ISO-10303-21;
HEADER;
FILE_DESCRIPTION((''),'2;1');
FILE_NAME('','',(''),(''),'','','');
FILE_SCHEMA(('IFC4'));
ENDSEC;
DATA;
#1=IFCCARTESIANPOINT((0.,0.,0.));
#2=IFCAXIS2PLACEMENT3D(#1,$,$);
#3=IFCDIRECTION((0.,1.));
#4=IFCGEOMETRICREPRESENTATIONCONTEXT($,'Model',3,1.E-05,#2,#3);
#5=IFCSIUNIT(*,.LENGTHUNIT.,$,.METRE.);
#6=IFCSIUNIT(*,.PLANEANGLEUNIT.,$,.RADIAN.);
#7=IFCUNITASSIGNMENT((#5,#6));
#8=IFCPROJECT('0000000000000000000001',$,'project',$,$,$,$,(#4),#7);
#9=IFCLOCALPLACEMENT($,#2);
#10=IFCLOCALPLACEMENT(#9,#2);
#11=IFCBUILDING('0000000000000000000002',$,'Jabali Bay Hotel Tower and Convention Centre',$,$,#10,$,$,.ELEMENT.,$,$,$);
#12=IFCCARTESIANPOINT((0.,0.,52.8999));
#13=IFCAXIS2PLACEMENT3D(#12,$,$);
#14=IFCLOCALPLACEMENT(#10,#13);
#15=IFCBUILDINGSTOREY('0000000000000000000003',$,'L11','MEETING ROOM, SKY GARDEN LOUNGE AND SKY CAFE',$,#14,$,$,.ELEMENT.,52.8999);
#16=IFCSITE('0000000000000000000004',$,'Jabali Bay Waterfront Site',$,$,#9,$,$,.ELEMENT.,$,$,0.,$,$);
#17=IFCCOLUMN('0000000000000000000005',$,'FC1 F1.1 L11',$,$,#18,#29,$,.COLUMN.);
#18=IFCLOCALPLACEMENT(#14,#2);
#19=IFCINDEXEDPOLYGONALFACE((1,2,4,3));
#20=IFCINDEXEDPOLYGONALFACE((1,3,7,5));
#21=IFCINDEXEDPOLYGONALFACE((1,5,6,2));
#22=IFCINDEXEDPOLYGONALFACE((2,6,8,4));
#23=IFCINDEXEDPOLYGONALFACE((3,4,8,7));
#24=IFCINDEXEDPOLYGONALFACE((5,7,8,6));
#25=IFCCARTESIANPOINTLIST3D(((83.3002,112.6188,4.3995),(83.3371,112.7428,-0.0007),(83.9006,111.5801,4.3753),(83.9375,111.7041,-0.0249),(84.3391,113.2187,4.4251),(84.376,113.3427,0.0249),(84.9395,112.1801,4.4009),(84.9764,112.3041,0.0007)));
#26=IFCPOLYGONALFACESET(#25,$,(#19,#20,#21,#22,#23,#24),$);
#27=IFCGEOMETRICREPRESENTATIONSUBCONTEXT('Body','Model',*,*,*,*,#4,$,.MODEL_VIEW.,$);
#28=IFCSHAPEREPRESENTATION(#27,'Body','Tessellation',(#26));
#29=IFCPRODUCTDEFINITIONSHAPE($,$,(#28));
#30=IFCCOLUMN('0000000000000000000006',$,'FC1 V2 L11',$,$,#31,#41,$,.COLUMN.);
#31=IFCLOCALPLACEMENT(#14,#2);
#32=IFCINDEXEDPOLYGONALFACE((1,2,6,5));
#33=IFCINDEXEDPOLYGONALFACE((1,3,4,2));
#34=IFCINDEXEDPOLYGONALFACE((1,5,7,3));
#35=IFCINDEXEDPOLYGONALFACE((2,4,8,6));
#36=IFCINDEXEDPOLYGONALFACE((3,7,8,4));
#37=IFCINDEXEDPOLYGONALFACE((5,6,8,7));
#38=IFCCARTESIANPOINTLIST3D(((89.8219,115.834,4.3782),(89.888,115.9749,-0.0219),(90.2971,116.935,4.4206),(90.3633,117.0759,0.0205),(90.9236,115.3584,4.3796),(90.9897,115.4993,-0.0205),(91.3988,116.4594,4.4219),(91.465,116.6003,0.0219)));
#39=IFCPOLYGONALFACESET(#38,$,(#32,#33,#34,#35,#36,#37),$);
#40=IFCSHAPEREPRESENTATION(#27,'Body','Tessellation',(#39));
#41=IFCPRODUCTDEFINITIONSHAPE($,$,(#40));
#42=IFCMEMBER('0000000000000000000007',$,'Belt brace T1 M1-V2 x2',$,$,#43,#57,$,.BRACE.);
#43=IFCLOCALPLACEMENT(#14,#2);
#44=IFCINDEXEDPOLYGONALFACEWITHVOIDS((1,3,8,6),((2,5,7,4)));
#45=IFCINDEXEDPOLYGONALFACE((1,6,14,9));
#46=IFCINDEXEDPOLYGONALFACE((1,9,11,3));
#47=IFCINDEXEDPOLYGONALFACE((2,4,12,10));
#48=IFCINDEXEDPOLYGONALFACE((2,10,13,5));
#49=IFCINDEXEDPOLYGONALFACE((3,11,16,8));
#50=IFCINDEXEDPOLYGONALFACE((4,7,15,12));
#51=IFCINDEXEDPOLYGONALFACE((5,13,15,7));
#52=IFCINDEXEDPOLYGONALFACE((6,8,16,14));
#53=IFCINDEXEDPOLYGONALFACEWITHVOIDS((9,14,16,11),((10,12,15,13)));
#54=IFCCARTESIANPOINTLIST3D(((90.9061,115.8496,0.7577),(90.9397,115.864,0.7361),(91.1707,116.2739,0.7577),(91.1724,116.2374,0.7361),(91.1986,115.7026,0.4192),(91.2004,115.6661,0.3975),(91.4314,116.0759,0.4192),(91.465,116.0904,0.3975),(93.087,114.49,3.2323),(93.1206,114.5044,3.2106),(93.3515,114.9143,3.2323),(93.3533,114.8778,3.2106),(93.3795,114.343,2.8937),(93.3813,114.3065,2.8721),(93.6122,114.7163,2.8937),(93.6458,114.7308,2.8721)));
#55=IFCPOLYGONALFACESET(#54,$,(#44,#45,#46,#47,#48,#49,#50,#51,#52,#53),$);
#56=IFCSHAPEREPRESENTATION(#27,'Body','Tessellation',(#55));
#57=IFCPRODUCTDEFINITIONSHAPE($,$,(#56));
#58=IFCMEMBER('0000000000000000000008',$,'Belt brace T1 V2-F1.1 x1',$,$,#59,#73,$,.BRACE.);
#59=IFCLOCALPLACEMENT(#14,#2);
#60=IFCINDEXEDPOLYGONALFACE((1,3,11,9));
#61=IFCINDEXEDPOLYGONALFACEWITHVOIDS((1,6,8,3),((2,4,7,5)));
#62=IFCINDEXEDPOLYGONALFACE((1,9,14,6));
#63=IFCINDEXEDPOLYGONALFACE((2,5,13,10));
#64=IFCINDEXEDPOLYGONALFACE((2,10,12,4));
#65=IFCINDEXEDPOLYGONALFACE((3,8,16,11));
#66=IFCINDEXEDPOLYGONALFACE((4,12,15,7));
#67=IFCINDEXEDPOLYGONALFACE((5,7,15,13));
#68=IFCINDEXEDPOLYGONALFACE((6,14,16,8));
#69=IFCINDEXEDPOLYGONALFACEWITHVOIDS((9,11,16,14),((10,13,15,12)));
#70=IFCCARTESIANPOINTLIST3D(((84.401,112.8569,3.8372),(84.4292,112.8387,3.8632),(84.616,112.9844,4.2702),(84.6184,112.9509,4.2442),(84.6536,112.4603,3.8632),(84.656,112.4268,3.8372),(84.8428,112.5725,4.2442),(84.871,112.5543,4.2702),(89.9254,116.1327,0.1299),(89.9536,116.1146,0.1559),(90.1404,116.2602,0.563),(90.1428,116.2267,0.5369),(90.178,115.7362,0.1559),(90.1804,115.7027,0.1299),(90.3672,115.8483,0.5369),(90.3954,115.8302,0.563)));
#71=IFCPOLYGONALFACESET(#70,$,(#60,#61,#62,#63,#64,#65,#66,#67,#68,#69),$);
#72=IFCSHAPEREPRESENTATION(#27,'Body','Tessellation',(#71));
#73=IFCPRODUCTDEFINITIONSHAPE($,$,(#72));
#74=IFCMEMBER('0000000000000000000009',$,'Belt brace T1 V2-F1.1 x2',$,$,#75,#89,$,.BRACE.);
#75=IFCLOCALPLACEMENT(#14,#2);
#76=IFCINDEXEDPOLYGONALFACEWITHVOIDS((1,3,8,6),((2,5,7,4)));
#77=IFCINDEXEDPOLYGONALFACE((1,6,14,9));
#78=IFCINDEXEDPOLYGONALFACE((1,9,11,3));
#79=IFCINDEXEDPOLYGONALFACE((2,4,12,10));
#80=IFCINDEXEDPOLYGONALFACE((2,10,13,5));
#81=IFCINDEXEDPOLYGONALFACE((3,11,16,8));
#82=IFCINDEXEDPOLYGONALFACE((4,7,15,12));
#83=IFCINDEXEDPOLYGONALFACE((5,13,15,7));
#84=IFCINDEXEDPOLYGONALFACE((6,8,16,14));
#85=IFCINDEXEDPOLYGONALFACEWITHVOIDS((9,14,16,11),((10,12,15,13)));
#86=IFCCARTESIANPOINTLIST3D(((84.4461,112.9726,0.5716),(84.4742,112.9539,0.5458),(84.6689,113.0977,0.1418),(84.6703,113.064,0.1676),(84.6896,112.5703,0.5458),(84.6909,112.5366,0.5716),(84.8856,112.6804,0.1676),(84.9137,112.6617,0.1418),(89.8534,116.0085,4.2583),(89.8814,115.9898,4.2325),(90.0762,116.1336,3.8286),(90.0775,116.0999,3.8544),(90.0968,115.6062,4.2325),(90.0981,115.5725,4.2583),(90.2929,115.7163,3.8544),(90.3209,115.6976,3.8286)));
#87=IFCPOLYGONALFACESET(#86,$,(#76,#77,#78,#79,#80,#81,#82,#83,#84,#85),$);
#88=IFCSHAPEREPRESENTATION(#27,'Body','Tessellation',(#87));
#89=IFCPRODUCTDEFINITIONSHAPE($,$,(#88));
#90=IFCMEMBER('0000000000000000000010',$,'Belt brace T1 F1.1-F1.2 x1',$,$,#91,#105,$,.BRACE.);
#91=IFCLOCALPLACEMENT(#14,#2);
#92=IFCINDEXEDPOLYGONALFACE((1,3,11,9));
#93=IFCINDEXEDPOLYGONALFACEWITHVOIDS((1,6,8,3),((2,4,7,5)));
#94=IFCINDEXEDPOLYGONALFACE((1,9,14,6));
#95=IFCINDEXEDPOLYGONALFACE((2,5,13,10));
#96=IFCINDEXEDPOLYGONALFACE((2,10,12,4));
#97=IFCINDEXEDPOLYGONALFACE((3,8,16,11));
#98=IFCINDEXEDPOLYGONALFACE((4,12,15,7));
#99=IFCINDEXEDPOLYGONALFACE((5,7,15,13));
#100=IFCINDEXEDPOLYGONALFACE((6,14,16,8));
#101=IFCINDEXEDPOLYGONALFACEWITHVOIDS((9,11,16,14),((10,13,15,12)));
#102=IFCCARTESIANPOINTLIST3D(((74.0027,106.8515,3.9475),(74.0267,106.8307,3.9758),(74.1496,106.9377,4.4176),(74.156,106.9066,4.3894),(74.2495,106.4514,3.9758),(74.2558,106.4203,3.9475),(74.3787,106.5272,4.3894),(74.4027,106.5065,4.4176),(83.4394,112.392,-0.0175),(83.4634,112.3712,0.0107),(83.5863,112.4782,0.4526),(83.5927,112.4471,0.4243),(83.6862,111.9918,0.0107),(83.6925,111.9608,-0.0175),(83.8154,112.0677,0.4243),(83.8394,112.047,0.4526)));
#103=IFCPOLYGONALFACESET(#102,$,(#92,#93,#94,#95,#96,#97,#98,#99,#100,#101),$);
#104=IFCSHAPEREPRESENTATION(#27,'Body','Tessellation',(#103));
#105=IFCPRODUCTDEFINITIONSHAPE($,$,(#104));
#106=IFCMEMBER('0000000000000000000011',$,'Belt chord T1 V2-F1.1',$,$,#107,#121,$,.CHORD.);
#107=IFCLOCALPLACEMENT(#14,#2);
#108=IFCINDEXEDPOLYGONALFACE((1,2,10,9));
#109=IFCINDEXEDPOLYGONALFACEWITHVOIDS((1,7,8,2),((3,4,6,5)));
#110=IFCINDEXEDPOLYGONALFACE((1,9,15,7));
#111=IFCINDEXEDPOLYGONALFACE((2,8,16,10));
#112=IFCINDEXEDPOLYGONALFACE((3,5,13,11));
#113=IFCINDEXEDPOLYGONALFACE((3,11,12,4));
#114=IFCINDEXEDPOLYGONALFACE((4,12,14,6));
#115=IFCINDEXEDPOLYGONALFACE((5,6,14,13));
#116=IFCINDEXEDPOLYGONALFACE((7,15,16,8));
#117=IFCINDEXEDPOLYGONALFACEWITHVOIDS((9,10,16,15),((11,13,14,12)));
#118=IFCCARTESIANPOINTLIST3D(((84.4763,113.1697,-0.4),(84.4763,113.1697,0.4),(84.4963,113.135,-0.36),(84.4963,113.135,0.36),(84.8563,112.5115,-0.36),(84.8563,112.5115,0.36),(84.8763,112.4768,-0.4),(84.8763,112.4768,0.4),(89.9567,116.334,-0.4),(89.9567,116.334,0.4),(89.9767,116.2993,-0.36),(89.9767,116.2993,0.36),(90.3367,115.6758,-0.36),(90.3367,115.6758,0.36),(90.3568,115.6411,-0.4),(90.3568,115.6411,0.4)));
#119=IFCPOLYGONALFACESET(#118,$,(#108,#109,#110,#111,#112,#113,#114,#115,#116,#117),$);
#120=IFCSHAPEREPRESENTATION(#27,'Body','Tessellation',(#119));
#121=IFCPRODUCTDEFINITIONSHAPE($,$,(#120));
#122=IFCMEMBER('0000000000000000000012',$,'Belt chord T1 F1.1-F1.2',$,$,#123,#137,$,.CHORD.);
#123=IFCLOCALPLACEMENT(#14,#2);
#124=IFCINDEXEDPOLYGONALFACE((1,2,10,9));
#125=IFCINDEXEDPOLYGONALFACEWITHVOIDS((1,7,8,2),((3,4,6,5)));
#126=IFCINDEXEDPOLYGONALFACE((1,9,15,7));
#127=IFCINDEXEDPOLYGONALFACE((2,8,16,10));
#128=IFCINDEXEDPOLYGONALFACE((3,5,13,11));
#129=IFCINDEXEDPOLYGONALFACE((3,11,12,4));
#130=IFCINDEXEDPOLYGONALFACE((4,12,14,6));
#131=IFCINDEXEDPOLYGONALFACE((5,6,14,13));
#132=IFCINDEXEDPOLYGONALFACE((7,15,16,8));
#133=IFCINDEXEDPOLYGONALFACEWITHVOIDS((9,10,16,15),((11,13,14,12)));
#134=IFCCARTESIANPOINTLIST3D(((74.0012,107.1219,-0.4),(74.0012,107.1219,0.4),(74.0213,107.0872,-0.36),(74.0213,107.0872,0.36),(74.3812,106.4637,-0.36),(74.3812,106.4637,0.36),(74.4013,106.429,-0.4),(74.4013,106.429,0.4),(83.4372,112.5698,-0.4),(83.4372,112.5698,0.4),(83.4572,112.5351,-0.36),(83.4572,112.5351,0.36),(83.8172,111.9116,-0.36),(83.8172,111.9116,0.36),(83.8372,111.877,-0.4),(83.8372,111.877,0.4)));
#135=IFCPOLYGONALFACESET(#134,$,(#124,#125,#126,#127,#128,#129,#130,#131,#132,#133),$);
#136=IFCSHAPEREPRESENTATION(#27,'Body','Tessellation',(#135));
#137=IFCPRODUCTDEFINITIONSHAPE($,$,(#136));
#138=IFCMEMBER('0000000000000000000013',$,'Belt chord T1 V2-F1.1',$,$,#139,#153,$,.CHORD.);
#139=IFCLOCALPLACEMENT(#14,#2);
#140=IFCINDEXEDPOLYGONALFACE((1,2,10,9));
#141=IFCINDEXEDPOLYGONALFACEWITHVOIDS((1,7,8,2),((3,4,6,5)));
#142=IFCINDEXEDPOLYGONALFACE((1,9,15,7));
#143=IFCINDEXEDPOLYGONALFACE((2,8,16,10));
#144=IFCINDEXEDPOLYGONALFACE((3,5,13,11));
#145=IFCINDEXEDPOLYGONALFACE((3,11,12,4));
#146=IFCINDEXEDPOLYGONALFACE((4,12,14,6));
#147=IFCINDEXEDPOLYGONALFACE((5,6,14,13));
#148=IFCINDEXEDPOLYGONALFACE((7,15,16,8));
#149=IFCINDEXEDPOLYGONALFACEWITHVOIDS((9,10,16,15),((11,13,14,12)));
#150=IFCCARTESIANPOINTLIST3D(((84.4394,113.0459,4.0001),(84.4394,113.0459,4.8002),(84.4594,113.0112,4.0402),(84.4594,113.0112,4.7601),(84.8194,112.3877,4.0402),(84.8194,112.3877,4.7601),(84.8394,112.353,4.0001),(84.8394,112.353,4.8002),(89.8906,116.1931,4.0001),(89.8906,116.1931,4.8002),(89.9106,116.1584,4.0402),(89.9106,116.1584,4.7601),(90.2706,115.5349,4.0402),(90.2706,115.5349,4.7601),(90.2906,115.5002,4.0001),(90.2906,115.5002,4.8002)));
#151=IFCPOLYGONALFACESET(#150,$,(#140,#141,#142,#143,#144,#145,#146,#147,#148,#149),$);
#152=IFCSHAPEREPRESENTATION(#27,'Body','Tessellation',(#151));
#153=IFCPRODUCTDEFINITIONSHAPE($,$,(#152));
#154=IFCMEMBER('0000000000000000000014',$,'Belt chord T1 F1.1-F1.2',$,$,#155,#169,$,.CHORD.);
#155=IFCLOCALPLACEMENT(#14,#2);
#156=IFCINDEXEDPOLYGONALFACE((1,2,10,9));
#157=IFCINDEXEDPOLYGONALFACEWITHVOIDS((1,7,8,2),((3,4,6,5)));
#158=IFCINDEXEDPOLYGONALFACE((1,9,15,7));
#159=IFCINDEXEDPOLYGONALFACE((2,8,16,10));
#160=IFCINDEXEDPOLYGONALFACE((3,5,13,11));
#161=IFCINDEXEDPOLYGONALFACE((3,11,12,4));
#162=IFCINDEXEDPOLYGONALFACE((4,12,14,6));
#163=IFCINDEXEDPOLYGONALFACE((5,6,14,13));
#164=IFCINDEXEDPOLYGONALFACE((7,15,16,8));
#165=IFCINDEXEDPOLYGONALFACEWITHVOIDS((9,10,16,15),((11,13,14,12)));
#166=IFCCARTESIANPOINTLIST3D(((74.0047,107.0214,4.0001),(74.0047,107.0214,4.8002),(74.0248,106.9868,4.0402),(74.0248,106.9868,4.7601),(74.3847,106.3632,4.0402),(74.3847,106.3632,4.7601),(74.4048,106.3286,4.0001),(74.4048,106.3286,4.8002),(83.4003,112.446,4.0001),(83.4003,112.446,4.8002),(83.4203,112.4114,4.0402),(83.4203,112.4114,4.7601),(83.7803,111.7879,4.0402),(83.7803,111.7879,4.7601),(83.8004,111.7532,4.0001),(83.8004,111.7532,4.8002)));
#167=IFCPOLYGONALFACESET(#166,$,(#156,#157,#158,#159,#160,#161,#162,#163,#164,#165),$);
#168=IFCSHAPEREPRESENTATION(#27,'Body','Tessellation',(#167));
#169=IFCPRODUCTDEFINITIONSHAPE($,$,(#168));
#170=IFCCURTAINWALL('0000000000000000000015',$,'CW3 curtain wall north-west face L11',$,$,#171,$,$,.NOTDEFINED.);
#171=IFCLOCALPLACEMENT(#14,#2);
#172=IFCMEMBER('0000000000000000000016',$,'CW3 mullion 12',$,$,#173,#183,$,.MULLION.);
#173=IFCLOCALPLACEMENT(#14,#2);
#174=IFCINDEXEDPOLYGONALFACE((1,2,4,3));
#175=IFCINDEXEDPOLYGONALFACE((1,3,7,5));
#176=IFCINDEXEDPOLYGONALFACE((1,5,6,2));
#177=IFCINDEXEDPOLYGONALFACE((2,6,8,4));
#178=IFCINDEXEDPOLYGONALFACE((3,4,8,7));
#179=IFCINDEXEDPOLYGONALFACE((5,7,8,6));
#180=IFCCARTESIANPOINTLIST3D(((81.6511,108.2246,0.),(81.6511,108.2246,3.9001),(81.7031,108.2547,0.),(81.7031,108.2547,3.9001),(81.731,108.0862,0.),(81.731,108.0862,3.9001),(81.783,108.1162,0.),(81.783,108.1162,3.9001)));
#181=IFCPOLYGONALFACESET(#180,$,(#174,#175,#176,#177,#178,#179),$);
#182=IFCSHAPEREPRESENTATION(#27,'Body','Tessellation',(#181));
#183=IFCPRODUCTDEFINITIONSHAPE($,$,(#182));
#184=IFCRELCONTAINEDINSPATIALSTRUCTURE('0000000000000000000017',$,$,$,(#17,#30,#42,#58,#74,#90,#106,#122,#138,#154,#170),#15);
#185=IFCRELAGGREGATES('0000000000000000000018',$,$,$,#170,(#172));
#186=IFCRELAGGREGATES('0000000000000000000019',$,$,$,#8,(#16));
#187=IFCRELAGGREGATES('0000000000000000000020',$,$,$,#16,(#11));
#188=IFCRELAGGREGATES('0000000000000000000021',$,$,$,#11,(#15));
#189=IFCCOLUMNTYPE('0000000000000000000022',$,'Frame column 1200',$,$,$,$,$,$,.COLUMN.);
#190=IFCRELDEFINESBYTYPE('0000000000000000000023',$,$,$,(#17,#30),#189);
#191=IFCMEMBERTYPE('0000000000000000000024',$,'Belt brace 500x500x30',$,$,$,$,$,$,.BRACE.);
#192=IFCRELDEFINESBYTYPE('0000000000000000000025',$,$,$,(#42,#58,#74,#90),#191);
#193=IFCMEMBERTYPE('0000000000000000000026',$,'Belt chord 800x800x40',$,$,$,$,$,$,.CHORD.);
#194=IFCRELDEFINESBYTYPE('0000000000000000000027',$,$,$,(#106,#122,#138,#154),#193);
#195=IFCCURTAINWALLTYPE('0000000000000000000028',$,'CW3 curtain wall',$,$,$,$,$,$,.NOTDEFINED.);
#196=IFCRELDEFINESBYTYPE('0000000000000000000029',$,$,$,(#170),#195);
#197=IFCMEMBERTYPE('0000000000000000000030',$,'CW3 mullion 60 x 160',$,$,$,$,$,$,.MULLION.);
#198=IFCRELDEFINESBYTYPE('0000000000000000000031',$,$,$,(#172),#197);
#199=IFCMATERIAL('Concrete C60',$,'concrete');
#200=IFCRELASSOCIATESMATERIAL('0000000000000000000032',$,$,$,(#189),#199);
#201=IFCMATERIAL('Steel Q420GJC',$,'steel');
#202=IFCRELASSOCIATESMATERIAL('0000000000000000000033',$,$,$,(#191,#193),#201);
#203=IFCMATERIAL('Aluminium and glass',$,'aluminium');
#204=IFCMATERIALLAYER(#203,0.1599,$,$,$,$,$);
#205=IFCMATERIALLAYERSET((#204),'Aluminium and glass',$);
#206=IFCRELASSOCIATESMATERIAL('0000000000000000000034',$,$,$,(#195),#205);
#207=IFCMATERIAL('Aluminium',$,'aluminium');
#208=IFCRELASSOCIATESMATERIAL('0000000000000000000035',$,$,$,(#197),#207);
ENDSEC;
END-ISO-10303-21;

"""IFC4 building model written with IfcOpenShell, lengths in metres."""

from ifc_helpers import new_model, si_unit, direction, frame, origin, origin_2d, place, context, subcontext, project, spatial, rectangle, hollow_rectangle, extrude, material, layer, layer_set, material_profile, profile_set, type_object, element, aggregate, save


model = new_model("IFC4")

# Units and contexts
model_context = context("Model", 3, precision=1e-05, world=origin(), true_north=direction((0.0, 1.0)))
body_context = subcontext(model_context, "Body", "Model", "MODEL_VIEW")
ifc_project = project(units=[si_unit("LENGTHUNIT", "METRE"), si_unit("PLANEANGLEUNIT", "RADIAN")], contexts=[model_context])

# Site, building, storey
site_placement = place(None, origin())
site = spatial("IfcSite", under=ifc_project, at=site_placement, Name="Jabali Bay Waterfront Site", CompositionType="ELEMENT", RefElevation=0.0)
building_placement = place(site_placement, origin())
building = spatial("IfcBuilding", under=site, at=building_placement, Name="Jabali Bay Hotel Tower and Convention Centre", CompositionType="ELEMENT")
storey_placement = place(building_placement, frame((0.0, 0.0, 52.8999)))
storey = spatial("IfcBuildingStorey", under=building, at=storey_placement, Name="L11", Description="MEETING ROOM, SKY GARDEN LOUNGE AND SKY CAFE", CompositionType="ELEMENT", Elevation=52.8999)

# Columns
ifc_material_1 = material(Name="Concrete C60", Category="concrete")
ifc_material_profile_1 = material_profile(ifc_material_1, rectangle(XDim=1.2, YDim=1.2, at=origin_2d()), Name="Frame column 1200")
ifc_profile_set_1 = profile_set([ifc_material_profile_1], Name="Concrete C60")
column_type = type_object("IfcColumnType", Name="Frame column 1200", PredefinedType="COLUMN", material=ifc_profile_set_1)
column_1_placement = place(storey_placement, frame((84.1567, 112.5234, 0.0), z_axis=(-0.008375, -0.028174, 0.999568), x_axis=(0.865767, 0.499992, 0.021346)))
element("IfcColumn", 1, at=column_1_placement, inside=storey, type_object=column_type, Name="FC1 F1.1 L11", PredefinedType="COLUMN", context=body_context, shape_type="SweptSolid", body=[
    extrude(rectangle(XDim=1.2, YDim=1.2, at=origin_2d()), origin(), (0.0, 0.0, 1.0), 4.4021),
])
column_2_placement = place(storey_placement, frame((90.6765, 116.2876, 0.0), z_axis=(-0.015027, -0.031995, 0.999375), x_axis=(0.918102, -0.396343, 0.001116)))
element("IfcColumn", 2, at=column_2_placement, inside=storey, type_object=column_type, Name="FC1 V2 L11", PredefinedType="COLUMN", context=body_context, shape_type="SweptSolid", body=[
    extrude(rectangle(XDim=1.2, YDim=1.2, at=origin_2d()), origin(), (0.0, 0.0, 1.0), 4.4028),
])

# Members
ifc_material_2 = material(Name="Steel Q420GJC", Category="steel")
ifc_material_profile_2 = material_profile(ifc_material_2, hollow_rectangle(XDim=0.5, YDim=0.5, WallThickness=0.03, at=origin_2d()), Name="Belt brace 500x500x30")
ifc_profile_set_2 = profile_set([ifc_material_profile_2], Name="Steel Q420GJC")
member_type_1 = type_object("IfcMemberType", Name="Belt brace 500x500x30", PredefinedType="BRACE", material=ifc_profile_set_2)
member_1_placement = place(storey_placement, frame((91.1855, 115.97, 0.5776), z_axis=(0.611289, -0.381089, 0.693611), x_axis=(0.529034, 0.848601, 0.0)))
element("IfcMember", 3, at=member_1_placement, inside=storey, type_object=member_type_1, Name="Belt brace T1 M1-V2 x2", PredefinedType="BRACE", context=body_context, shape_type="SweptSolid", body=[
    extrude(hollow_rectangle(XDim=0.5, YDim=0.5, WallThickness=0.03, at=origin_2d()), origin(), (0.0, 0.0, 1.0), 3.5676),
])
member_2_placement = place(storey_placement, frame((90.1604, 115.9814, 0.3464), z_axis=(-0.74495, -0.441742, 0.499914), x_axis=(0.51005, -0.860145, 0.0)))
element("IfcMember", 4, at=member_2_placement, inside=storey, type_object=member_type_1, Name="Belt brace T1 V2-F1.1 x1", PredefinedType="BRACE", context=body_context, shape_type="SweptSolid", body=[
    extrude(hollow_rectangle(XDim=0.5, YDim=0.5, WallThickness=0.03, at=origin_2d()), origin(), (0.0, 0.0, 1.0), 7.4158),
])
member_3_placement = place(storey_placement, frame((84.6799, 112.8171, 0.3567), z_axis=(0.749509, 0.420812, 0.511032), x_axis=(-0.489566, 0.871966, 0.0)))
element("IfcMember", 5, at=member_3_placement, inside=storey, type_object=member_type_1, Name="Belt brace T1 V2-F1.1 x2", PredefinedType="BRACE", context=body_context, shape_type="SweptSolid", body=[
    extrude(hollow_rectangle(XDim=0.5, YDim=0.5, WallThickness=0.03, at=origin_2d()), origin(), (0.0, 0.0, 1.0), 7.2144),
])
member_4_placement = place(storey_placement, frame((83.6394, 112.2195, 0.2175), z_axis=(-0.810772, -0.476021, 0.340665), x_axis=(0.506306, -0.862354, 0.0)))
element("IfcMember", 6, at=member_4_placement, inside=storey, type_object=member_type_1, Name="Belt brace T1 F1.1-F1.2 x1", PredefinedType="BRACE", context=body_context, shape_type="SweptSolid", body=[
    extrude(hollow_rectangle(XDim=0.5, YDim=0.5, WallThickness=0.03, at=origin_2d()), origin(), (0.0, 0.0, 1.0), 11.6392),
])
ifc_material_profile_3 = material_profile(ifc_material_2, hollow_rectangle(XDim=0.8, YDim=0.8, WallThickness=0.04, at=origin_2d()), Name="Belt chord 800x800x40")
ifc_profile_set_3 = profile_set([ifc_material_profile_3], Name="Steel Q420GJC")
member_type_2 = type_object("IfcMemberType", Name="Belt chord 800x800x40", PredefinedType="CHORD", material=ifc_profile_set_3)
member_5_placement = place(storey_placement, frame((90.1567, 115.9875, 0.0), z_axis=(-0.866015, -0.500019, 0.0), x_axis=(0.500019, -0.866015, 0.0)))
element("IfcMember", 7, at=member_5_placement, inside=storey, type_object=member_type_2, Name="Belt chord T1 V2-F1.1", PredefinedType="CHORD", context=body_context, shape_type="SweptSolid", body=[
    extrude(hollow_rectangle(XDim=0.8, YDim=0.8, WallThickness=0.04, at=origin_2d()), origin(), (0.0, 0.0, 1.0), 6.3284),
])
member_6_placement = place(storey_placement, frame((83.6372, 112.2234, 0.0), z_axis=(-0.866021, -0.500007, 0.0), x_axis=(0.500007, -0.866021, 0.0)))
element("IfcMember", 8, at=member_6_placement, inside=storey, type_object=member_type_2, Name="Belt chord T1 F1.1-F1.2", PredefinedType="CHORD", context=body_context, shape_type="SweptSolid", body=[
    extrude(hollow_rectangle(XDim=0.8, YDim=0.8, WallThickness=0.04, at=origin_2d()), origin(), (0.0, 0.0, 1.0), 10.8958),
])
member_7_placement = place(storey_placement, frame((90.0906, 115.8467, 4.4001), z_axis=(-0.866027, -0.499998, 0.0), x_axis=(0.499998, -0.866027, 0.0)))
element("IfcMember", 9, at=member_7_placement, inside=storey, type_object=member_type_2, Name="Belt chord T1 V2-F1.1", PredefinedType="CHORD", context=body_context, shape_type="SweptSolid", body=[
    extrude(hollow_rectangle(XDim=0.8, YDim=0.8, WallThickness=0.04, at=origin_2d()), origin(), (0.0, 0.0, 1.0), 6.2944),
])
member_8_placement = place(storey_placement, frame((83.6003, 112.0996, 4.4001), z_axis=(-0.866023, -0.500004, 0.0), x_axis=(0.500004, -0.866023, 0.0)))
element("IfcMember", 10, at=member_8_placement, inside=storey, type_object=member_type_2, Name="Belt chord T1 F1.1-F1.2", PredefinedType="CHORD", context=body_context, shape_type="SweptSolid", body=[
    extrude(hollow_rectangle(XDim=0.8, YDim=0.8, WallThickness=0.04, at=origin_2d()), origin(), (0.0, 0.0, 1.0), 10.8491),
])

# Curtain wall, member
ifc_material_3 = material(Name="Aluminium and glass", Category="aluminium")
ifc_layer_1 = layer(ifc_material_3, 0.1599)
ifc_layer_set_1 = layer_set([ifc_layer_1], Name="Aluminium and glass")
curtain_wall_type = type_object("IfcCurtainWallType", Name="CW3 curtain wall", PredefinedType="NOTDEFINED", material=ifc_layer_set_1)
curtain_wall_placement = place(storey_placement, origin())
curtain_wall = element("IfcCurtainWall", 11, at=curtain_wall_placement, inside=storey, type_object=curtain_wall_type, Name="CW3 curtain wall north-west face L11", PredefinedType="NOTDEFINED")
ifc_material_4 = material(Name="Aluminium", Category="aluminium")
ifc_material_profile_4 = material_profile(ifc_material_4, rectangle(XDim=0.1599, YDim=0.0601, at=origin_2d()), Name="CW3 mullion 60 x 160")
ifc_profile_set_4 = profile_set([ifc_material_profile_4], Name="Aluminium")
member_type_3 = type_object("IfcMemberType", Name="CW3 mullion 60 x 160", PredefinedType="MULLION", material=ifc_profile_set_4)
member_9_placement = place(storey_placement, frame((81.717, 108.1704, 0.0), z_axis=(0.0, 0.0, 1.0), x_axis=(-0.5, 0.866025, 0.0)))
member_9 = element("IfcMember", 12, at=member_9_placement, type_object=member_type_3, Name="CW3 mullion 12", PredefinedType="MULLION", context=body_context, shape_type="SweptSolid", body=[
    extrude(rectangle(XDim=0.1599, YDim=0.0601, at=origin_2d()), origin(), (0.0, 0.0, 1.0), 3.9001),
])

aggregate(curtain_wall, [member_9])

save(model, "model.ifc")
